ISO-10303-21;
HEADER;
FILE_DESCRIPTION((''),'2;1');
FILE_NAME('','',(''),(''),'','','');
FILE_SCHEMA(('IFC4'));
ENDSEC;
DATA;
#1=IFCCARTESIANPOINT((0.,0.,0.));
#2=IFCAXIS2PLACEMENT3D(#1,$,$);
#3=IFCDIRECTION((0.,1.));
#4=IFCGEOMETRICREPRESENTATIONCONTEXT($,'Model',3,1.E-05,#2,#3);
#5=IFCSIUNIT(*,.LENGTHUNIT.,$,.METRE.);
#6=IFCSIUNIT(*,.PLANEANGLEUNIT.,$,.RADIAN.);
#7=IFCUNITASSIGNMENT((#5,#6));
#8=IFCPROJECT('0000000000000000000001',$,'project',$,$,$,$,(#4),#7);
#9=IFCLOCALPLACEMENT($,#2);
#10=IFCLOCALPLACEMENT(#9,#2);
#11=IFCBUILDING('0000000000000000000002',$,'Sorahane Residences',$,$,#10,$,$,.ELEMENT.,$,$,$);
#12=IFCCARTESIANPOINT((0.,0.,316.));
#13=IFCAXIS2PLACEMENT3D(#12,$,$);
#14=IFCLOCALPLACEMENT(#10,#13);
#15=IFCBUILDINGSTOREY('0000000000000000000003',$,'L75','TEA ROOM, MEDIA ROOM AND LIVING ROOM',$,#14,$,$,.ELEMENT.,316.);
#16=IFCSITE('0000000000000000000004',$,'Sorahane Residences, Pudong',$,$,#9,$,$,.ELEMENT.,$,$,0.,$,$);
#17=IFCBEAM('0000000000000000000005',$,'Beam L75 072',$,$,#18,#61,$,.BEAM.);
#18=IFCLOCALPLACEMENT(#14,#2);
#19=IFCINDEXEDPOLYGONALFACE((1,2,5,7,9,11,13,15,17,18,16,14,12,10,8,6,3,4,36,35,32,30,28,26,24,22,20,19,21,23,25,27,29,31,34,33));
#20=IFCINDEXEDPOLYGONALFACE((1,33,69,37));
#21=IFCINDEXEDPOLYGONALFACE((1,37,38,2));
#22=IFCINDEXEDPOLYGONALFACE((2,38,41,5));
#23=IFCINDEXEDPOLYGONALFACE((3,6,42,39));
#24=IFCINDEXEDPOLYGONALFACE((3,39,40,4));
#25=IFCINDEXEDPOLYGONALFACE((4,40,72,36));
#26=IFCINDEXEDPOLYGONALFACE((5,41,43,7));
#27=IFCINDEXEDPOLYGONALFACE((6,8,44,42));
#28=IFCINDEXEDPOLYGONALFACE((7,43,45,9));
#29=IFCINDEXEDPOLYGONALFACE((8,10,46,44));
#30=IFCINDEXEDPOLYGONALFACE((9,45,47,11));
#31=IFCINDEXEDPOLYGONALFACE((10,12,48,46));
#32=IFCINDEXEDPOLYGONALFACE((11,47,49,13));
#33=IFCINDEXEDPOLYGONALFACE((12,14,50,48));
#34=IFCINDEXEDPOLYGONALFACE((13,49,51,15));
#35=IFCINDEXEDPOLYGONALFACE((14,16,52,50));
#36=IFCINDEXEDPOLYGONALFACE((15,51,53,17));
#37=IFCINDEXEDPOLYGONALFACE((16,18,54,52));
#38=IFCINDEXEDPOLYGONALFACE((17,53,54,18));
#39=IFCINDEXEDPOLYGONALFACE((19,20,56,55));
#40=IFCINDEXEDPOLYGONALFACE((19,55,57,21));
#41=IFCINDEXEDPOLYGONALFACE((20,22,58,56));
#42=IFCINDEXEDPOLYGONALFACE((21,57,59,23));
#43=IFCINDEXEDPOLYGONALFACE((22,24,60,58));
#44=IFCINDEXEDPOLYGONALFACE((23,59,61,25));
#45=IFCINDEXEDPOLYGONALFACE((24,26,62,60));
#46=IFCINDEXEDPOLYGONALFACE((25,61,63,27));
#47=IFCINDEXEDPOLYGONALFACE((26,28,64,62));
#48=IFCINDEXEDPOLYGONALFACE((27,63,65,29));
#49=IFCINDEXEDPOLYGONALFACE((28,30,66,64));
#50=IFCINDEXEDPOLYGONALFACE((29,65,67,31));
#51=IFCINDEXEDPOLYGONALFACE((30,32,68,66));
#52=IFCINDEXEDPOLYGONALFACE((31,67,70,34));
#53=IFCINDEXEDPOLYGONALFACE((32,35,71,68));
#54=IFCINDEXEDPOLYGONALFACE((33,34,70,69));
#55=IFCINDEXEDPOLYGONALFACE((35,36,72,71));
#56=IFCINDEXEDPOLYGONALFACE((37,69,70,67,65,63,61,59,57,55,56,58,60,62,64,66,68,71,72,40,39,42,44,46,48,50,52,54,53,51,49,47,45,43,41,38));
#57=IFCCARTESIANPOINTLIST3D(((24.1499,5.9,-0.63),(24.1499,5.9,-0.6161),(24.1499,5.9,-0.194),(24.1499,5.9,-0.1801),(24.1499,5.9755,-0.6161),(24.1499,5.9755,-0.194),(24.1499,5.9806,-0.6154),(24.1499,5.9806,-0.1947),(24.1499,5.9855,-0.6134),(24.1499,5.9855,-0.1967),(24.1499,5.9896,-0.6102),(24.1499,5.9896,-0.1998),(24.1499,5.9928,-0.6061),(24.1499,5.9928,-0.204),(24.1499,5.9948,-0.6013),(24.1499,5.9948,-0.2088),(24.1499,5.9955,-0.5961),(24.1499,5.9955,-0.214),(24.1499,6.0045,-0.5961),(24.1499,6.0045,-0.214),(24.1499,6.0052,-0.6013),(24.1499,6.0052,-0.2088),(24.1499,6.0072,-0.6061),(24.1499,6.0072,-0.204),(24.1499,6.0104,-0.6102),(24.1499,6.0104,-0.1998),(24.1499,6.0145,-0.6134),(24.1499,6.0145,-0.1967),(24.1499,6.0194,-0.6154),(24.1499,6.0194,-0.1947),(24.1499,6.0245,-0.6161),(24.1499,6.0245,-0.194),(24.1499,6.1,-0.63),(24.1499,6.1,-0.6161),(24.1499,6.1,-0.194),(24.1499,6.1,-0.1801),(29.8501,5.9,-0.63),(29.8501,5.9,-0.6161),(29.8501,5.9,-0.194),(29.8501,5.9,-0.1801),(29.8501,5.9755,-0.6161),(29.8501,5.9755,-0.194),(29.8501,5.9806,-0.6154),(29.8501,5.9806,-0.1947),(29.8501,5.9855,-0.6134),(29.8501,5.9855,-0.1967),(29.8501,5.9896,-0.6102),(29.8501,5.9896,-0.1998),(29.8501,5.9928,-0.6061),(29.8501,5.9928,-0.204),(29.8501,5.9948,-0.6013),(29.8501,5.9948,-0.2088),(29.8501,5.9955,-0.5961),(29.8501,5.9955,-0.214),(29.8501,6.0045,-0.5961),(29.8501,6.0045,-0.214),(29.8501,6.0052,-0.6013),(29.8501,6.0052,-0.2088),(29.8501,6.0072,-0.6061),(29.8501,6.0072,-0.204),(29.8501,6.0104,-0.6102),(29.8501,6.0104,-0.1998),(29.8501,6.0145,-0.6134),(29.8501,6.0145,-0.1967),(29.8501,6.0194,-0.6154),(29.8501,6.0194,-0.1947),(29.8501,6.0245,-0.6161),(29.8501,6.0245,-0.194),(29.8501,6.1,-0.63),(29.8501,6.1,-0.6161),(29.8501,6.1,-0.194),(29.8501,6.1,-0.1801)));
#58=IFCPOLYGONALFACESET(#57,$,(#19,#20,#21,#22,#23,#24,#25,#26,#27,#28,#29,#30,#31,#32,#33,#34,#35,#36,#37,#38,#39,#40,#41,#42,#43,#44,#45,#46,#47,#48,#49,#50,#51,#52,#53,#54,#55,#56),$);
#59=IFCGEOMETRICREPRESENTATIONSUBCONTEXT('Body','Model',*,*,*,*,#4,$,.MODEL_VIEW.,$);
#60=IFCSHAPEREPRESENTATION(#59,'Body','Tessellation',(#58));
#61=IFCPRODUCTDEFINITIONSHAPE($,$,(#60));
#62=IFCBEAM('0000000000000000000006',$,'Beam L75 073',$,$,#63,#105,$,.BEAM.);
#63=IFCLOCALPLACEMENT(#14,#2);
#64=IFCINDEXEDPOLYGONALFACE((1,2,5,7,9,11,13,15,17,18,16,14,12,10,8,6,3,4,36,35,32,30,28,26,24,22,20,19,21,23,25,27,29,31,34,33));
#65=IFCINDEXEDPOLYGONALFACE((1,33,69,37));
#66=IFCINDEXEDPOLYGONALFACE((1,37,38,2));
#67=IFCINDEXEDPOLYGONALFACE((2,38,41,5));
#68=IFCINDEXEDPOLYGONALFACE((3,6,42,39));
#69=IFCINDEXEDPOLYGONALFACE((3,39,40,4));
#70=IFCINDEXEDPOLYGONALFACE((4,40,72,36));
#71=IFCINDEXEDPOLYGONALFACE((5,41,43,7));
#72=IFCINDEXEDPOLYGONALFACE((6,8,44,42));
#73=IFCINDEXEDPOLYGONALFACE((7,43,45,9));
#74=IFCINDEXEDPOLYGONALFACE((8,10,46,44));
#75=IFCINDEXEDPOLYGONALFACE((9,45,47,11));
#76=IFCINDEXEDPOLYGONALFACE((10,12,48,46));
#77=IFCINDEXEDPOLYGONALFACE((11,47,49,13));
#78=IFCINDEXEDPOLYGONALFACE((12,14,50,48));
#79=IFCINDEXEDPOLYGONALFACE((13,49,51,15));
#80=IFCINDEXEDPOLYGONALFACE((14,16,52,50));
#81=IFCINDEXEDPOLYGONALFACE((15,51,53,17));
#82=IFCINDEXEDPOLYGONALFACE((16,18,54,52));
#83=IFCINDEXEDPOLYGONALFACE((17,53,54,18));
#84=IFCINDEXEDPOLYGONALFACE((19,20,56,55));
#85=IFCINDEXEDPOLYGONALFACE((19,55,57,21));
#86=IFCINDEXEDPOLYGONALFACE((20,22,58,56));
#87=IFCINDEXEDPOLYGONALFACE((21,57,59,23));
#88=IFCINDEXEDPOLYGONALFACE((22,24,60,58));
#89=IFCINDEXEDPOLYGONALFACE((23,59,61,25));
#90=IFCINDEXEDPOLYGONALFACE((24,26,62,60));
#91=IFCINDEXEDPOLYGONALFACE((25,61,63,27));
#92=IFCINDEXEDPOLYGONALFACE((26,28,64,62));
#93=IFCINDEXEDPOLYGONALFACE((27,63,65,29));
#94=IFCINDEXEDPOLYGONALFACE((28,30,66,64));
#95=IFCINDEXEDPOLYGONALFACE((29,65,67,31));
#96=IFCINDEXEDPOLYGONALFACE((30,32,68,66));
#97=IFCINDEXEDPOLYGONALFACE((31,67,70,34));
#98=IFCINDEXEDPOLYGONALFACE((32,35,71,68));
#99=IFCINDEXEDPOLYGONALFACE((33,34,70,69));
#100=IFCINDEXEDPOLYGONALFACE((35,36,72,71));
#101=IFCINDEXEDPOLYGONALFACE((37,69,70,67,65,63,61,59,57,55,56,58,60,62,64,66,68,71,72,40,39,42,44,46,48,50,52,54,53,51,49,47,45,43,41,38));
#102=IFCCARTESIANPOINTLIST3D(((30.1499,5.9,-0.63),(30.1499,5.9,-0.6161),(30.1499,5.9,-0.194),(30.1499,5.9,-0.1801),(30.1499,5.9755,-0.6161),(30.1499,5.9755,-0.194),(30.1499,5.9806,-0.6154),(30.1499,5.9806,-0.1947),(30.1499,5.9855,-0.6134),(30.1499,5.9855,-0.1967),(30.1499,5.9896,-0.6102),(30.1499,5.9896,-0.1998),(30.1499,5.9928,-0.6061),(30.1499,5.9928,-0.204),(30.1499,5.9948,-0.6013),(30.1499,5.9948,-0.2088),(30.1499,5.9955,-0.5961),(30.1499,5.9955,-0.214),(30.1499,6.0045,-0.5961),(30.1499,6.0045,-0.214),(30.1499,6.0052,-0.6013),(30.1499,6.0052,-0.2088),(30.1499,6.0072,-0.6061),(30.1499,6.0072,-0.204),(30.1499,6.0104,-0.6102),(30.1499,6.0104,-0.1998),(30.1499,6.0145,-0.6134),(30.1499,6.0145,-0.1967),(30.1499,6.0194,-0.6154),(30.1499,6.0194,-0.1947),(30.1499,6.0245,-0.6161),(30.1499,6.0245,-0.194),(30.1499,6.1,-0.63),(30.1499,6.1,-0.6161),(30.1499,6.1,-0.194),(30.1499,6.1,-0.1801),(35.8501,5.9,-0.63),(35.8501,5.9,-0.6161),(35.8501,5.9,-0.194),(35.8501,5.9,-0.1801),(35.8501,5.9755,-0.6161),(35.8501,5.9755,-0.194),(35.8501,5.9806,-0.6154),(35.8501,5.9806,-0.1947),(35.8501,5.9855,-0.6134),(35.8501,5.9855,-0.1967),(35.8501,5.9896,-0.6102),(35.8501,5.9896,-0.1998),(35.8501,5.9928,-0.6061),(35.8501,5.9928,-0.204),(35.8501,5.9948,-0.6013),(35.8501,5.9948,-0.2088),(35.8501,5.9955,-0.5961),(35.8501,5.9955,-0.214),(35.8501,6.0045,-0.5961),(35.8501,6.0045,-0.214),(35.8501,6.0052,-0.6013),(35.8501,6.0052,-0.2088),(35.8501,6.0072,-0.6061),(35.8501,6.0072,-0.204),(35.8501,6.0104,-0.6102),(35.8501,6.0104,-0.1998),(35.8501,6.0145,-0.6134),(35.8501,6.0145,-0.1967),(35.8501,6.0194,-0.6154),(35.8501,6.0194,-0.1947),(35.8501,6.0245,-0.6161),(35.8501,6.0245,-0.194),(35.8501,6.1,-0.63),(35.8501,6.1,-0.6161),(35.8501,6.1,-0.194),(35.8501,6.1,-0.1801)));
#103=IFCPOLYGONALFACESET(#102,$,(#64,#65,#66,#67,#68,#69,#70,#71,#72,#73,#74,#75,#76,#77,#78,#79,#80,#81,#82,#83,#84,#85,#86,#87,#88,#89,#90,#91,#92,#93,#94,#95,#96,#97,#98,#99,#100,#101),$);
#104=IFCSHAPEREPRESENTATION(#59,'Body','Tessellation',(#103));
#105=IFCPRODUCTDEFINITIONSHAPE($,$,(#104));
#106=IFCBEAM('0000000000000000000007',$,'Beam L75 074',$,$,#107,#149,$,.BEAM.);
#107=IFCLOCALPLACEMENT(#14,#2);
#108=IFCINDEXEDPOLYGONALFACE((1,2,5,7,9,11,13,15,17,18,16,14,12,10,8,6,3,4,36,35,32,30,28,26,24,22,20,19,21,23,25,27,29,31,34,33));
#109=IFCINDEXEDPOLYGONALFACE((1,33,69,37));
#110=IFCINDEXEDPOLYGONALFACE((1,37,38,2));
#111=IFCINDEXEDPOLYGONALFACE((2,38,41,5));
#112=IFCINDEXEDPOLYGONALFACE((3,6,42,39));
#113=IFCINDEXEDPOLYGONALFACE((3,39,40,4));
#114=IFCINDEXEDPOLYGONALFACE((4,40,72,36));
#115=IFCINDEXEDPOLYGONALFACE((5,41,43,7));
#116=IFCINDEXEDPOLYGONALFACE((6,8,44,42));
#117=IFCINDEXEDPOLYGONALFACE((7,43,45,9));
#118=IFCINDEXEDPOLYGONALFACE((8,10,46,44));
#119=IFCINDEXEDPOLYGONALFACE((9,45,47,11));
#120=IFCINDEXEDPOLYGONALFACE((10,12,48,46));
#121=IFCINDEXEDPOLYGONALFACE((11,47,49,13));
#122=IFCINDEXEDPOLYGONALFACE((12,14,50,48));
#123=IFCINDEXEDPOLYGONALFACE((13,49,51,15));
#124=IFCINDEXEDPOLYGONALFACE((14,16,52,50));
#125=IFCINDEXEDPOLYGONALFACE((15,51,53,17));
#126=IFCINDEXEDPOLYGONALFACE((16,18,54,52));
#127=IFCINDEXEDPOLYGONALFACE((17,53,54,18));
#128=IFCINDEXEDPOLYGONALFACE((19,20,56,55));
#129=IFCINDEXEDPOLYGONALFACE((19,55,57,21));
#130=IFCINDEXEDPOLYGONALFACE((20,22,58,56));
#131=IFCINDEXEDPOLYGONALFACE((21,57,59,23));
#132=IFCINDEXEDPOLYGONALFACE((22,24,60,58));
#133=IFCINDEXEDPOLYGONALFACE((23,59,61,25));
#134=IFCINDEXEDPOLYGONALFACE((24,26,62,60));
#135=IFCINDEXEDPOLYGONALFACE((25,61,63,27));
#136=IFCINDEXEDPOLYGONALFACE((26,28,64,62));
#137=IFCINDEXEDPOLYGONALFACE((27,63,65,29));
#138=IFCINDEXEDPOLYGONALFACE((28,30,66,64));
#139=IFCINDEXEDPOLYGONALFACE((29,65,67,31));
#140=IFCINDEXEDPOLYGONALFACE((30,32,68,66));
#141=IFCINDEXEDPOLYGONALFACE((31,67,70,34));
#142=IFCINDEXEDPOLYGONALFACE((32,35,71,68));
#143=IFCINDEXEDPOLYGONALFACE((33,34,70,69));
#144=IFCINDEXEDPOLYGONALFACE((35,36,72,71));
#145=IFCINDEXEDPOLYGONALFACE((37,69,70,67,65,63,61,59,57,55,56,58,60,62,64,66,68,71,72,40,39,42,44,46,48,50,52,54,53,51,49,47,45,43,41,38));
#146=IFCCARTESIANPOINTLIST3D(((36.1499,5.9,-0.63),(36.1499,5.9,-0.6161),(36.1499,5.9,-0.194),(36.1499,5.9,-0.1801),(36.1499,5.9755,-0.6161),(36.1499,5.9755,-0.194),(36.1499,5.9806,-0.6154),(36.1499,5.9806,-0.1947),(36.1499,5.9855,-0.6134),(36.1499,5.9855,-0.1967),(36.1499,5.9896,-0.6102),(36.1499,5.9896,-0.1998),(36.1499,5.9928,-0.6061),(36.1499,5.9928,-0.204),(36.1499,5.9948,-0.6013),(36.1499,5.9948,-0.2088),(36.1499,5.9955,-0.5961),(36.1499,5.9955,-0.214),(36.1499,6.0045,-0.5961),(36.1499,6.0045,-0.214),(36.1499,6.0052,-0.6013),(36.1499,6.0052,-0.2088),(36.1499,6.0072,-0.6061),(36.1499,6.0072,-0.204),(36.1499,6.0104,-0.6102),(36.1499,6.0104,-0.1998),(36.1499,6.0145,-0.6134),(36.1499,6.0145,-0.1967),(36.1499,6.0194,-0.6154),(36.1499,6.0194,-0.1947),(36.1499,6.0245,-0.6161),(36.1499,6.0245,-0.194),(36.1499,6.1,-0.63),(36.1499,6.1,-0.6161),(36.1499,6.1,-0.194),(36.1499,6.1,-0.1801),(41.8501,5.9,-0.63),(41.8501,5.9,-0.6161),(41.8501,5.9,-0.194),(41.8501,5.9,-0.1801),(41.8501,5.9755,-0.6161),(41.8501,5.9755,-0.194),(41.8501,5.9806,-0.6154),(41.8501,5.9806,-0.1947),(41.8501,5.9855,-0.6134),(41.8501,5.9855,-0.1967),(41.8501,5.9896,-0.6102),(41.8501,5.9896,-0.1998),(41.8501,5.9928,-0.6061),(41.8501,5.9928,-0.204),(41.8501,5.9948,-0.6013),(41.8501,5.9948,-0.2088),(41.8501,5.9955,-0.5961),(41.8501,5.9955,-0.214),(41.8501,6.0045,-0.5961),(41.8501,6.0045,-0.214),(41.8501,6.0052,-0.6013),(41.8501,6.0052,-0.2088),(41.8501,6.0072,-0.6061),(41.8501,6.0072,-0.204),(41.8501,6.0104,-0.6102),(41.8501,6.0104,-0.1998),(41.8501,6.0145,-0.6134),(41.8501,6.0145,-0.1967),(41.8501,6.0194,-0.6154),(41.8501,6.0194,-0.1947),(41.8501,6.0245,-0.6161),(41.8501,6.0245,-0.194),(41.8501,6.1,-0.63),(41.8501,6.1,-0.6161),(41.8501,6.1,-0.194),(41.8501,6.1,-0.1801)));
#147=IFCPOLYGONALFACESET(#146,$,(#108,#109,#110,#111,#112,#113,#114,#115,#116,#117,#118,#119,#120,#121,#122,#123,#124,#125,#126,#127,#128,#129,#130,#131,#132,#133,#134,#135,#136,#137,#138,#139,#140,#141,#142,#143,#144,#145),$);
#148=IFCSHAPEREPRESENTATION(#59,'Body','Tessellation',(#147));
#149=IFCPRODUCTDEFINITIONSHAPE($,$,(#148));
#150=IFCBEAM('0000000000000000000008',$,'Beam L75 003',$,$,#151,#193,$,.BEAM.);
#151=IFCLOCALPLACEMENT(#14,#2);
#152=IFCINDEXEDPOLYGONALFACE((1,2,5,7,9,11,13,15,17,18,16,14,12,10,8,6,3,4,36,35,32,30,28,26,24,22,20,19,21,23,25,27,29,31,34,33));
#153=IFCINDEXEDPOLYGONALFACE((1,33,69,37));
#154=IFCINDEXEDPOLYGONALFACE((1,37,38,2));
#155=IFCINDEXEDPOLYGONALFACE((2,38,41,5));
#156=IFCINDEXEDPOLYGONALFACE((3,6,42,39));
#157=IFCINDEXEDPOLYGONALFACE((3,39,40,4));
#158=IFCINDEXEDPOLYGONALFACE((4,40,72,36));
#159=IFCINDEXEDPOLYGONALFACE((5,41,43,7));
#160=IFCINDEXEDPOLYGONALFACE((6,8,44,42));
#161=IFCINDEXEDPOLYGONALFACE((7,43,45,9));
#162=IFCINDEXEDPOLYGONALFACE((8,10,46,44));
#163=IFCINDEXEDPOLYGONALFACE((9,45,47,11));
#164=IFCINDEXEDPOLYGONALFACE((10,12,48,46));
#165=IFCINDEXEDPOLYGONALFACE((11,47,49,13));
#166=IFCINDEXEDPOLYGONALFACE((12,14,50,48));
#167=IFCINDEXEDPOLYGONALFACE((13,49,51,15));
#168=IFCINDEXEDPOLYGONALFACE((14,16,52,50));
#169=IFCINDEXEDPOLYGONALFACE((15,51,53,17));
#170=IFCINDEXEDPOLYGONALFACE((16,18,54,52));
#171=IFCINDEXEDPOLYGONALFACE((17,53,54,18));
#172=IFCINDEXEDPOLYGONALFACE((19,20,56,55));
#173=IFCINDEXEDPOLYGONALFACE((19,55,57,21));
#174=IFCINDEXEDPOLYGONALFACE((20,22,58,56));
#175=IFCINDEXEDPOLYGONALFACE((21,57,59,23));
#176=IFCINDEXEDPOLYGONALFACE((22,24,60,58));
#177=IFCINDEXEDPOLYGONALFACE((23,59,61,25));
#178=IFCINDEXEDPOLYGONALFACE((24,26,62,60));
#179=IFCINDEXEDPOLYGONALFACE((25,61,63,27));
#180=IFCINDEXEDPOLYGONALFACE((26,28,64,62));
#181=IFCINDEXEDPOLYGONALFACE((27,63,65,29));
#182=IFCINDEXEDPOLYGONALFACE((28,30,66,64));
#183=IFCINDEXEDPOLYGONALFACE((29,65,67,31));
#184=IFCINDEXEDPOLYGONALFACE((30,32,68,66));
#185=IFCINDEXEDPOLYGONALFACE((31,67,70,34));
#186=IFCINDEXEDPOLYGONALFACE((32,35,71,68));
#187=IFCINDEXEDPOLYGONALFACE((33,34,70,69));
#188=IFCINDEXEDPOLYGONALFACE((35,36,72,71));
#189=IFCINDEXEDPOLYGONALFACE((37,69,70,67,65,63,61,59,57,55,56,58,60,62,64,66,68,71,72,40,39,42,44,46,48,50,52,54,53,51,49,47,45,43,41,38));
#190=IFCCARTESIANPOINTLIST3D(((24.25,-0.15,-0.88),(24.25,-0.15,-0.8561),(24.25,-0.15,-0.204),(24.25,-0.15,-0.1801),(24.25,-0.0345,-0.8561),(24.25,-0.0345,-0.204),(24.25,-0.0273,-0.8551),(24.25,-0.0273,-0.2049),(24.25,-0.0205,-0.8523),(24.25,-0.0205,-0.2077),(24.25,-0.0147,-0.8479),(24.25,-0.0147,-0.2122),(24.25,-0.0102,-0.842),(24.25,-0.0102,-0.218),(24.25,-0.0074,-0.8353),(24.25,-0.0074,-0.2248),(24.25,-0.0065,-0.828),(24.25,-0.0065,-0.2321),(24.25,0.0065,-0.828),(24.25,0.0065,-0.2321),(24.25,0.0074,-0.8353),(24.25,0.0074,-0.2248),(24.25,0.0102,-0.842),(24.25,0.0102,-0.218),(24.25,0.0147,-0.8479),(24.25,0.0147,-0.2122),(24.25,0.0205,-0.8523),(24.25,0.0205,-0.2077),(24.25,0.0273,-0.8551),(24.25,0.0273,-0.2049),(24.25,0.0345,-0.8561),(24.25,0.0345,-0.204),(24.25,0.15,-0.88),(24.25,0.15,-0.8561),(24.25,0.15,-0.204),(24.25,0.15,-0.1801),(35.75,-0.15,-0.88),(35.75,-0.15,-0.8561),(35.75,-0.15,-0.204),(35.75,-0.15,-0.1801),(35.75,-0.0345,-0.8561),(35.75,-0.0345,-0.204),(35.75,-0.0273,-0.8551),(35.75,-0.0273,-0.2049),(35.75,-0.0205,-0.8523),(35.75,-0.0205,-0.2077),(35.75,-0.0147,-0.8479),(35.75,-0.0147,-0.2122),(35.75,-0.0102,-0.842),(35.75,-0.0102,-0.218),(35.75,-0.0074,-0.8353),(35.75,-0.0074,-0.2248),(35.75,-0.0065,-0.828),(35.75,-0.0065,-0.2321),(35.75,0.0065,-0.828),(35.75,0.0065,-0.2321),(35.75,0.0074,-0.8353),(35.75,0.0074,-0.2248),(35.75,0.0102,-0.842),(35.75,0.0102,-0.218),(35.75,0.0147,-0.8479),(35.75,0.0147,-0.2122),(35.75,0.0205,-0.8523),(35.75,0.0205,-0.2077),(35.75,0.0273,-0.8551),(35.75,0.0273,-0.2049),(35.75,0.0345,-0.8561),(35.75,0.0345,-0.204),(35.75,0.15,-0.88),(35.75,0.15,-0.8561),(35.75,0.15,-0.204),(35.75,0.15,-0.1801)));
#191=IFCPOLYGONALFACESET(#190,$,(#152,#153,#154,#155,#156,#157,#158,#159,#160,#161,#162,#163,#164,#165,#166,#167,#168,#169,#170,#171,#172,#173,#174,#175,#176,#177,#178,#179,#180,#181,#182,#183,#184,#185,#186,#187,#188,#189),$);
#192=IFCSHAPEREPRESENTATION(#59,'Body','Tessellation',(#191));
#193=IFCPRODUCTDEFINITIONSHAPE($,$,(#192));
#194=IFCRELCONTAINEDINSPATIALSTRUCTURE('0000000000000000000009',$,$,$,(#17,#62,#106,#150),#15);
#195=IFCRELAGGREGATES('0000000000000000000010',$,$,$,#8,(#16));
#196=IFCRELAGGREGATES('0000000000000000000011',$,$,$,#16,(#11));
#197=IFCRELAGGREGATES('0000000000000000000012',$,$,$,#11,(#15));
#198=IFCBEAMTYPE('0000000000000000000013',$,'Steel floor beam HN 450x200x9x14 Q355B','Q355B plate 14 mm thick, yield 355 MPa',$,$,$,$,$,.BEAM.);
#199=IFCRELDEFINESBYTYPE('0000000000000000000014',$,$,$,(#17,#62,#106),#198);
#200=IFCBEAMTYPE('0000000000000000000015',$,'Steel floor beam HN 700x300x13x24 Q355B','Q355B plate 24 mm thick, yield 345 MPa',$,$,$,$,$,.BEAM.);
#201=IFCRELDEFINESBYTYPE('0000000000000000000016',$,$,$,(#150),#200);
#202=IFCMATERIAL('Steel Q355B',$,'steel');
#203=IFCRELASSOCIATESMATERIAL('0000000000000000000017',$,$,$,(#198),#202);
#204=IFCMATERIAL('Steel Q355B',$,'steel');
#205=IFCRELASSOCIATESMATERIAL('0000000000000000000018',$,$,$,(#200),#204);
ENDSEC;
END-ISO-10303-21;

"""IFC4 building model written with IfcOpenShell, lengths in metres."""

from ifc_helpers import new_model, si_unit, direction, frame, origin, origin_2d, place, context, subcontext, project, spatial, i_section, extrude, material, material_profile, profile_set, type_object, element, save


model = new_model("IFC4")

# Units and contexts
model_context = context("Model", 3, precision=1e-05, world=origin(), true_north=direction((0.0, 1.0)))
body_context = subcontext(model_context, "Body", "Model", "MODEL_VIEW")
ifc_project = project(units=[si_unit("LENGTHUNIT", "METRE"), si_unit("PLANEANGLEUNIT", "RADIAN")], contexts=[model_context])

# Site, building, storey
site_placement = place(None, origin())
site = spatial("IfcSite", under=ifc_project, at=site_placement, Name="Sorahane Residences, Pudong", CompositionType="ELEMENT", RefElevation=0.0)
building_placement = place(site_placement, origin())
building = spatial("IfcBuilding", under=site, at=building_placement, Name="Sorahane Residences", CompositionType="ELEMENT")
storey_placement = place(building_placement, frame((0.0, 0.0, 316.0)))
storey = spatial("IfcBuildingStorey", under=building, at=storey_placement, Name="L75", Description="TEA ROOM, MEDIA ROOM AND LIVING ROOM", CompositionType="ELEMENT", Elevation=316.0)

# Beams
ifc_material_1 = material(Name="Steel Q355B", Category="steel")
ifc_material_profile_1 = material_profile(ifc_material_1, i_section(OverallWidth=0.2, OverallDepth=0.45, WebThickness=0.009, FlangeThickness=0.0139, FilletRadius=0.02, at=origin_2d()), Name="HN 450x200x9x14")
ifc_profile_set_1 = profile_set([ifc_material_profile_1], Name="Steel Q355B")
beam_type_1 = type_object("IfcBeamType", Name="Steel floor beam HN 450x200x9x14 Q355B", Description="Q355B plate 14 mm thick, yield 355 MPa", PredefinedType="BEAM", material=ifc_profile_set_1)
for number, where, z_axis, x_axis, name in (
    (1, (24.1499, 6.0, -0.405), (1.0, 0.0, 0.0), (0.0, 1.0, 0.0), "Beam L75 072"),
    (2, (30.1499, 6.0, -0.405), (1.0, 0.0, 0.0), (0.0, 1.0, 0.0), "Beam L75 073"),
    (3, (36.1499, 6.0, -0.405), (1.0, 0.0, 0.0), (0.0, 1.0, 0.0), "Beam L75 074"),
):
    element("IfcBeam", number, at=place(storey_placement, frame(where, z_axis=z_axis, x_axis=x_axis)), inside=storey, type_object=beam_type_1, Name=name, PredefinedType="BEAM", context=body_context, shape_type="SweptSolid", body=[
        extrude(i_section(OverallWidth=0.2, OverallDepth=0.45, WebThickness=0.009, FlangeThickness=0.0139, FilletRadius=0.02, at=origin_2d()), origin(), (0.0, 0.0, 1.0), 5.7002),
    ])
ifc_material_2 = material(Name="Steel Q355B", Category="steel")
ifc_material_profile_2 = material_profile(ifc_material_2, i_section(OverallWidth=0.3, OverallDepth=0.7, WebThickness=0.0129, FlangeThickness=0.0239, FilletRadius=0.0281, at=origin_2d()), Name="HN 700x300x13x24")
ifc_profile_set_2 = profile_set([ifc_material_profile_2], Name="Steel Q355B")
beam_type_2 = type_object("IfcBeamType", Name="Steel floor beam HN 700x300x13x24 Q355B", Description="Q355B plate 24 mm thick, yield 345 MPa", PredefinedType="BEAM", material=ifc_profile_set_2)
beam_1_placement = place(storey_placement, frame((24.25, 0.0, -0.53), z_axis=(1.0, 0.0, 0.0), x_axis=(0.0, 1.0, 0.0)))
element("IfcBeam", 4, at=beam_1_placement, inside=storey, type_object=beam_type_2, Name="Beam L75 003", PredefinedType="BEAM", context=body_context, shape_type="SweptSolid", body=[
    extrude(i_section(OverallWidth=0.3, OverallDepth=0.7, WebThickness=0.0129, FlangeThickness=0.0239, FilletRadius=0.0281, at=origin_2d()), origin(), (0.0, 0.0, 1.0), 11.5),
])

save(model, "model.ifc")
